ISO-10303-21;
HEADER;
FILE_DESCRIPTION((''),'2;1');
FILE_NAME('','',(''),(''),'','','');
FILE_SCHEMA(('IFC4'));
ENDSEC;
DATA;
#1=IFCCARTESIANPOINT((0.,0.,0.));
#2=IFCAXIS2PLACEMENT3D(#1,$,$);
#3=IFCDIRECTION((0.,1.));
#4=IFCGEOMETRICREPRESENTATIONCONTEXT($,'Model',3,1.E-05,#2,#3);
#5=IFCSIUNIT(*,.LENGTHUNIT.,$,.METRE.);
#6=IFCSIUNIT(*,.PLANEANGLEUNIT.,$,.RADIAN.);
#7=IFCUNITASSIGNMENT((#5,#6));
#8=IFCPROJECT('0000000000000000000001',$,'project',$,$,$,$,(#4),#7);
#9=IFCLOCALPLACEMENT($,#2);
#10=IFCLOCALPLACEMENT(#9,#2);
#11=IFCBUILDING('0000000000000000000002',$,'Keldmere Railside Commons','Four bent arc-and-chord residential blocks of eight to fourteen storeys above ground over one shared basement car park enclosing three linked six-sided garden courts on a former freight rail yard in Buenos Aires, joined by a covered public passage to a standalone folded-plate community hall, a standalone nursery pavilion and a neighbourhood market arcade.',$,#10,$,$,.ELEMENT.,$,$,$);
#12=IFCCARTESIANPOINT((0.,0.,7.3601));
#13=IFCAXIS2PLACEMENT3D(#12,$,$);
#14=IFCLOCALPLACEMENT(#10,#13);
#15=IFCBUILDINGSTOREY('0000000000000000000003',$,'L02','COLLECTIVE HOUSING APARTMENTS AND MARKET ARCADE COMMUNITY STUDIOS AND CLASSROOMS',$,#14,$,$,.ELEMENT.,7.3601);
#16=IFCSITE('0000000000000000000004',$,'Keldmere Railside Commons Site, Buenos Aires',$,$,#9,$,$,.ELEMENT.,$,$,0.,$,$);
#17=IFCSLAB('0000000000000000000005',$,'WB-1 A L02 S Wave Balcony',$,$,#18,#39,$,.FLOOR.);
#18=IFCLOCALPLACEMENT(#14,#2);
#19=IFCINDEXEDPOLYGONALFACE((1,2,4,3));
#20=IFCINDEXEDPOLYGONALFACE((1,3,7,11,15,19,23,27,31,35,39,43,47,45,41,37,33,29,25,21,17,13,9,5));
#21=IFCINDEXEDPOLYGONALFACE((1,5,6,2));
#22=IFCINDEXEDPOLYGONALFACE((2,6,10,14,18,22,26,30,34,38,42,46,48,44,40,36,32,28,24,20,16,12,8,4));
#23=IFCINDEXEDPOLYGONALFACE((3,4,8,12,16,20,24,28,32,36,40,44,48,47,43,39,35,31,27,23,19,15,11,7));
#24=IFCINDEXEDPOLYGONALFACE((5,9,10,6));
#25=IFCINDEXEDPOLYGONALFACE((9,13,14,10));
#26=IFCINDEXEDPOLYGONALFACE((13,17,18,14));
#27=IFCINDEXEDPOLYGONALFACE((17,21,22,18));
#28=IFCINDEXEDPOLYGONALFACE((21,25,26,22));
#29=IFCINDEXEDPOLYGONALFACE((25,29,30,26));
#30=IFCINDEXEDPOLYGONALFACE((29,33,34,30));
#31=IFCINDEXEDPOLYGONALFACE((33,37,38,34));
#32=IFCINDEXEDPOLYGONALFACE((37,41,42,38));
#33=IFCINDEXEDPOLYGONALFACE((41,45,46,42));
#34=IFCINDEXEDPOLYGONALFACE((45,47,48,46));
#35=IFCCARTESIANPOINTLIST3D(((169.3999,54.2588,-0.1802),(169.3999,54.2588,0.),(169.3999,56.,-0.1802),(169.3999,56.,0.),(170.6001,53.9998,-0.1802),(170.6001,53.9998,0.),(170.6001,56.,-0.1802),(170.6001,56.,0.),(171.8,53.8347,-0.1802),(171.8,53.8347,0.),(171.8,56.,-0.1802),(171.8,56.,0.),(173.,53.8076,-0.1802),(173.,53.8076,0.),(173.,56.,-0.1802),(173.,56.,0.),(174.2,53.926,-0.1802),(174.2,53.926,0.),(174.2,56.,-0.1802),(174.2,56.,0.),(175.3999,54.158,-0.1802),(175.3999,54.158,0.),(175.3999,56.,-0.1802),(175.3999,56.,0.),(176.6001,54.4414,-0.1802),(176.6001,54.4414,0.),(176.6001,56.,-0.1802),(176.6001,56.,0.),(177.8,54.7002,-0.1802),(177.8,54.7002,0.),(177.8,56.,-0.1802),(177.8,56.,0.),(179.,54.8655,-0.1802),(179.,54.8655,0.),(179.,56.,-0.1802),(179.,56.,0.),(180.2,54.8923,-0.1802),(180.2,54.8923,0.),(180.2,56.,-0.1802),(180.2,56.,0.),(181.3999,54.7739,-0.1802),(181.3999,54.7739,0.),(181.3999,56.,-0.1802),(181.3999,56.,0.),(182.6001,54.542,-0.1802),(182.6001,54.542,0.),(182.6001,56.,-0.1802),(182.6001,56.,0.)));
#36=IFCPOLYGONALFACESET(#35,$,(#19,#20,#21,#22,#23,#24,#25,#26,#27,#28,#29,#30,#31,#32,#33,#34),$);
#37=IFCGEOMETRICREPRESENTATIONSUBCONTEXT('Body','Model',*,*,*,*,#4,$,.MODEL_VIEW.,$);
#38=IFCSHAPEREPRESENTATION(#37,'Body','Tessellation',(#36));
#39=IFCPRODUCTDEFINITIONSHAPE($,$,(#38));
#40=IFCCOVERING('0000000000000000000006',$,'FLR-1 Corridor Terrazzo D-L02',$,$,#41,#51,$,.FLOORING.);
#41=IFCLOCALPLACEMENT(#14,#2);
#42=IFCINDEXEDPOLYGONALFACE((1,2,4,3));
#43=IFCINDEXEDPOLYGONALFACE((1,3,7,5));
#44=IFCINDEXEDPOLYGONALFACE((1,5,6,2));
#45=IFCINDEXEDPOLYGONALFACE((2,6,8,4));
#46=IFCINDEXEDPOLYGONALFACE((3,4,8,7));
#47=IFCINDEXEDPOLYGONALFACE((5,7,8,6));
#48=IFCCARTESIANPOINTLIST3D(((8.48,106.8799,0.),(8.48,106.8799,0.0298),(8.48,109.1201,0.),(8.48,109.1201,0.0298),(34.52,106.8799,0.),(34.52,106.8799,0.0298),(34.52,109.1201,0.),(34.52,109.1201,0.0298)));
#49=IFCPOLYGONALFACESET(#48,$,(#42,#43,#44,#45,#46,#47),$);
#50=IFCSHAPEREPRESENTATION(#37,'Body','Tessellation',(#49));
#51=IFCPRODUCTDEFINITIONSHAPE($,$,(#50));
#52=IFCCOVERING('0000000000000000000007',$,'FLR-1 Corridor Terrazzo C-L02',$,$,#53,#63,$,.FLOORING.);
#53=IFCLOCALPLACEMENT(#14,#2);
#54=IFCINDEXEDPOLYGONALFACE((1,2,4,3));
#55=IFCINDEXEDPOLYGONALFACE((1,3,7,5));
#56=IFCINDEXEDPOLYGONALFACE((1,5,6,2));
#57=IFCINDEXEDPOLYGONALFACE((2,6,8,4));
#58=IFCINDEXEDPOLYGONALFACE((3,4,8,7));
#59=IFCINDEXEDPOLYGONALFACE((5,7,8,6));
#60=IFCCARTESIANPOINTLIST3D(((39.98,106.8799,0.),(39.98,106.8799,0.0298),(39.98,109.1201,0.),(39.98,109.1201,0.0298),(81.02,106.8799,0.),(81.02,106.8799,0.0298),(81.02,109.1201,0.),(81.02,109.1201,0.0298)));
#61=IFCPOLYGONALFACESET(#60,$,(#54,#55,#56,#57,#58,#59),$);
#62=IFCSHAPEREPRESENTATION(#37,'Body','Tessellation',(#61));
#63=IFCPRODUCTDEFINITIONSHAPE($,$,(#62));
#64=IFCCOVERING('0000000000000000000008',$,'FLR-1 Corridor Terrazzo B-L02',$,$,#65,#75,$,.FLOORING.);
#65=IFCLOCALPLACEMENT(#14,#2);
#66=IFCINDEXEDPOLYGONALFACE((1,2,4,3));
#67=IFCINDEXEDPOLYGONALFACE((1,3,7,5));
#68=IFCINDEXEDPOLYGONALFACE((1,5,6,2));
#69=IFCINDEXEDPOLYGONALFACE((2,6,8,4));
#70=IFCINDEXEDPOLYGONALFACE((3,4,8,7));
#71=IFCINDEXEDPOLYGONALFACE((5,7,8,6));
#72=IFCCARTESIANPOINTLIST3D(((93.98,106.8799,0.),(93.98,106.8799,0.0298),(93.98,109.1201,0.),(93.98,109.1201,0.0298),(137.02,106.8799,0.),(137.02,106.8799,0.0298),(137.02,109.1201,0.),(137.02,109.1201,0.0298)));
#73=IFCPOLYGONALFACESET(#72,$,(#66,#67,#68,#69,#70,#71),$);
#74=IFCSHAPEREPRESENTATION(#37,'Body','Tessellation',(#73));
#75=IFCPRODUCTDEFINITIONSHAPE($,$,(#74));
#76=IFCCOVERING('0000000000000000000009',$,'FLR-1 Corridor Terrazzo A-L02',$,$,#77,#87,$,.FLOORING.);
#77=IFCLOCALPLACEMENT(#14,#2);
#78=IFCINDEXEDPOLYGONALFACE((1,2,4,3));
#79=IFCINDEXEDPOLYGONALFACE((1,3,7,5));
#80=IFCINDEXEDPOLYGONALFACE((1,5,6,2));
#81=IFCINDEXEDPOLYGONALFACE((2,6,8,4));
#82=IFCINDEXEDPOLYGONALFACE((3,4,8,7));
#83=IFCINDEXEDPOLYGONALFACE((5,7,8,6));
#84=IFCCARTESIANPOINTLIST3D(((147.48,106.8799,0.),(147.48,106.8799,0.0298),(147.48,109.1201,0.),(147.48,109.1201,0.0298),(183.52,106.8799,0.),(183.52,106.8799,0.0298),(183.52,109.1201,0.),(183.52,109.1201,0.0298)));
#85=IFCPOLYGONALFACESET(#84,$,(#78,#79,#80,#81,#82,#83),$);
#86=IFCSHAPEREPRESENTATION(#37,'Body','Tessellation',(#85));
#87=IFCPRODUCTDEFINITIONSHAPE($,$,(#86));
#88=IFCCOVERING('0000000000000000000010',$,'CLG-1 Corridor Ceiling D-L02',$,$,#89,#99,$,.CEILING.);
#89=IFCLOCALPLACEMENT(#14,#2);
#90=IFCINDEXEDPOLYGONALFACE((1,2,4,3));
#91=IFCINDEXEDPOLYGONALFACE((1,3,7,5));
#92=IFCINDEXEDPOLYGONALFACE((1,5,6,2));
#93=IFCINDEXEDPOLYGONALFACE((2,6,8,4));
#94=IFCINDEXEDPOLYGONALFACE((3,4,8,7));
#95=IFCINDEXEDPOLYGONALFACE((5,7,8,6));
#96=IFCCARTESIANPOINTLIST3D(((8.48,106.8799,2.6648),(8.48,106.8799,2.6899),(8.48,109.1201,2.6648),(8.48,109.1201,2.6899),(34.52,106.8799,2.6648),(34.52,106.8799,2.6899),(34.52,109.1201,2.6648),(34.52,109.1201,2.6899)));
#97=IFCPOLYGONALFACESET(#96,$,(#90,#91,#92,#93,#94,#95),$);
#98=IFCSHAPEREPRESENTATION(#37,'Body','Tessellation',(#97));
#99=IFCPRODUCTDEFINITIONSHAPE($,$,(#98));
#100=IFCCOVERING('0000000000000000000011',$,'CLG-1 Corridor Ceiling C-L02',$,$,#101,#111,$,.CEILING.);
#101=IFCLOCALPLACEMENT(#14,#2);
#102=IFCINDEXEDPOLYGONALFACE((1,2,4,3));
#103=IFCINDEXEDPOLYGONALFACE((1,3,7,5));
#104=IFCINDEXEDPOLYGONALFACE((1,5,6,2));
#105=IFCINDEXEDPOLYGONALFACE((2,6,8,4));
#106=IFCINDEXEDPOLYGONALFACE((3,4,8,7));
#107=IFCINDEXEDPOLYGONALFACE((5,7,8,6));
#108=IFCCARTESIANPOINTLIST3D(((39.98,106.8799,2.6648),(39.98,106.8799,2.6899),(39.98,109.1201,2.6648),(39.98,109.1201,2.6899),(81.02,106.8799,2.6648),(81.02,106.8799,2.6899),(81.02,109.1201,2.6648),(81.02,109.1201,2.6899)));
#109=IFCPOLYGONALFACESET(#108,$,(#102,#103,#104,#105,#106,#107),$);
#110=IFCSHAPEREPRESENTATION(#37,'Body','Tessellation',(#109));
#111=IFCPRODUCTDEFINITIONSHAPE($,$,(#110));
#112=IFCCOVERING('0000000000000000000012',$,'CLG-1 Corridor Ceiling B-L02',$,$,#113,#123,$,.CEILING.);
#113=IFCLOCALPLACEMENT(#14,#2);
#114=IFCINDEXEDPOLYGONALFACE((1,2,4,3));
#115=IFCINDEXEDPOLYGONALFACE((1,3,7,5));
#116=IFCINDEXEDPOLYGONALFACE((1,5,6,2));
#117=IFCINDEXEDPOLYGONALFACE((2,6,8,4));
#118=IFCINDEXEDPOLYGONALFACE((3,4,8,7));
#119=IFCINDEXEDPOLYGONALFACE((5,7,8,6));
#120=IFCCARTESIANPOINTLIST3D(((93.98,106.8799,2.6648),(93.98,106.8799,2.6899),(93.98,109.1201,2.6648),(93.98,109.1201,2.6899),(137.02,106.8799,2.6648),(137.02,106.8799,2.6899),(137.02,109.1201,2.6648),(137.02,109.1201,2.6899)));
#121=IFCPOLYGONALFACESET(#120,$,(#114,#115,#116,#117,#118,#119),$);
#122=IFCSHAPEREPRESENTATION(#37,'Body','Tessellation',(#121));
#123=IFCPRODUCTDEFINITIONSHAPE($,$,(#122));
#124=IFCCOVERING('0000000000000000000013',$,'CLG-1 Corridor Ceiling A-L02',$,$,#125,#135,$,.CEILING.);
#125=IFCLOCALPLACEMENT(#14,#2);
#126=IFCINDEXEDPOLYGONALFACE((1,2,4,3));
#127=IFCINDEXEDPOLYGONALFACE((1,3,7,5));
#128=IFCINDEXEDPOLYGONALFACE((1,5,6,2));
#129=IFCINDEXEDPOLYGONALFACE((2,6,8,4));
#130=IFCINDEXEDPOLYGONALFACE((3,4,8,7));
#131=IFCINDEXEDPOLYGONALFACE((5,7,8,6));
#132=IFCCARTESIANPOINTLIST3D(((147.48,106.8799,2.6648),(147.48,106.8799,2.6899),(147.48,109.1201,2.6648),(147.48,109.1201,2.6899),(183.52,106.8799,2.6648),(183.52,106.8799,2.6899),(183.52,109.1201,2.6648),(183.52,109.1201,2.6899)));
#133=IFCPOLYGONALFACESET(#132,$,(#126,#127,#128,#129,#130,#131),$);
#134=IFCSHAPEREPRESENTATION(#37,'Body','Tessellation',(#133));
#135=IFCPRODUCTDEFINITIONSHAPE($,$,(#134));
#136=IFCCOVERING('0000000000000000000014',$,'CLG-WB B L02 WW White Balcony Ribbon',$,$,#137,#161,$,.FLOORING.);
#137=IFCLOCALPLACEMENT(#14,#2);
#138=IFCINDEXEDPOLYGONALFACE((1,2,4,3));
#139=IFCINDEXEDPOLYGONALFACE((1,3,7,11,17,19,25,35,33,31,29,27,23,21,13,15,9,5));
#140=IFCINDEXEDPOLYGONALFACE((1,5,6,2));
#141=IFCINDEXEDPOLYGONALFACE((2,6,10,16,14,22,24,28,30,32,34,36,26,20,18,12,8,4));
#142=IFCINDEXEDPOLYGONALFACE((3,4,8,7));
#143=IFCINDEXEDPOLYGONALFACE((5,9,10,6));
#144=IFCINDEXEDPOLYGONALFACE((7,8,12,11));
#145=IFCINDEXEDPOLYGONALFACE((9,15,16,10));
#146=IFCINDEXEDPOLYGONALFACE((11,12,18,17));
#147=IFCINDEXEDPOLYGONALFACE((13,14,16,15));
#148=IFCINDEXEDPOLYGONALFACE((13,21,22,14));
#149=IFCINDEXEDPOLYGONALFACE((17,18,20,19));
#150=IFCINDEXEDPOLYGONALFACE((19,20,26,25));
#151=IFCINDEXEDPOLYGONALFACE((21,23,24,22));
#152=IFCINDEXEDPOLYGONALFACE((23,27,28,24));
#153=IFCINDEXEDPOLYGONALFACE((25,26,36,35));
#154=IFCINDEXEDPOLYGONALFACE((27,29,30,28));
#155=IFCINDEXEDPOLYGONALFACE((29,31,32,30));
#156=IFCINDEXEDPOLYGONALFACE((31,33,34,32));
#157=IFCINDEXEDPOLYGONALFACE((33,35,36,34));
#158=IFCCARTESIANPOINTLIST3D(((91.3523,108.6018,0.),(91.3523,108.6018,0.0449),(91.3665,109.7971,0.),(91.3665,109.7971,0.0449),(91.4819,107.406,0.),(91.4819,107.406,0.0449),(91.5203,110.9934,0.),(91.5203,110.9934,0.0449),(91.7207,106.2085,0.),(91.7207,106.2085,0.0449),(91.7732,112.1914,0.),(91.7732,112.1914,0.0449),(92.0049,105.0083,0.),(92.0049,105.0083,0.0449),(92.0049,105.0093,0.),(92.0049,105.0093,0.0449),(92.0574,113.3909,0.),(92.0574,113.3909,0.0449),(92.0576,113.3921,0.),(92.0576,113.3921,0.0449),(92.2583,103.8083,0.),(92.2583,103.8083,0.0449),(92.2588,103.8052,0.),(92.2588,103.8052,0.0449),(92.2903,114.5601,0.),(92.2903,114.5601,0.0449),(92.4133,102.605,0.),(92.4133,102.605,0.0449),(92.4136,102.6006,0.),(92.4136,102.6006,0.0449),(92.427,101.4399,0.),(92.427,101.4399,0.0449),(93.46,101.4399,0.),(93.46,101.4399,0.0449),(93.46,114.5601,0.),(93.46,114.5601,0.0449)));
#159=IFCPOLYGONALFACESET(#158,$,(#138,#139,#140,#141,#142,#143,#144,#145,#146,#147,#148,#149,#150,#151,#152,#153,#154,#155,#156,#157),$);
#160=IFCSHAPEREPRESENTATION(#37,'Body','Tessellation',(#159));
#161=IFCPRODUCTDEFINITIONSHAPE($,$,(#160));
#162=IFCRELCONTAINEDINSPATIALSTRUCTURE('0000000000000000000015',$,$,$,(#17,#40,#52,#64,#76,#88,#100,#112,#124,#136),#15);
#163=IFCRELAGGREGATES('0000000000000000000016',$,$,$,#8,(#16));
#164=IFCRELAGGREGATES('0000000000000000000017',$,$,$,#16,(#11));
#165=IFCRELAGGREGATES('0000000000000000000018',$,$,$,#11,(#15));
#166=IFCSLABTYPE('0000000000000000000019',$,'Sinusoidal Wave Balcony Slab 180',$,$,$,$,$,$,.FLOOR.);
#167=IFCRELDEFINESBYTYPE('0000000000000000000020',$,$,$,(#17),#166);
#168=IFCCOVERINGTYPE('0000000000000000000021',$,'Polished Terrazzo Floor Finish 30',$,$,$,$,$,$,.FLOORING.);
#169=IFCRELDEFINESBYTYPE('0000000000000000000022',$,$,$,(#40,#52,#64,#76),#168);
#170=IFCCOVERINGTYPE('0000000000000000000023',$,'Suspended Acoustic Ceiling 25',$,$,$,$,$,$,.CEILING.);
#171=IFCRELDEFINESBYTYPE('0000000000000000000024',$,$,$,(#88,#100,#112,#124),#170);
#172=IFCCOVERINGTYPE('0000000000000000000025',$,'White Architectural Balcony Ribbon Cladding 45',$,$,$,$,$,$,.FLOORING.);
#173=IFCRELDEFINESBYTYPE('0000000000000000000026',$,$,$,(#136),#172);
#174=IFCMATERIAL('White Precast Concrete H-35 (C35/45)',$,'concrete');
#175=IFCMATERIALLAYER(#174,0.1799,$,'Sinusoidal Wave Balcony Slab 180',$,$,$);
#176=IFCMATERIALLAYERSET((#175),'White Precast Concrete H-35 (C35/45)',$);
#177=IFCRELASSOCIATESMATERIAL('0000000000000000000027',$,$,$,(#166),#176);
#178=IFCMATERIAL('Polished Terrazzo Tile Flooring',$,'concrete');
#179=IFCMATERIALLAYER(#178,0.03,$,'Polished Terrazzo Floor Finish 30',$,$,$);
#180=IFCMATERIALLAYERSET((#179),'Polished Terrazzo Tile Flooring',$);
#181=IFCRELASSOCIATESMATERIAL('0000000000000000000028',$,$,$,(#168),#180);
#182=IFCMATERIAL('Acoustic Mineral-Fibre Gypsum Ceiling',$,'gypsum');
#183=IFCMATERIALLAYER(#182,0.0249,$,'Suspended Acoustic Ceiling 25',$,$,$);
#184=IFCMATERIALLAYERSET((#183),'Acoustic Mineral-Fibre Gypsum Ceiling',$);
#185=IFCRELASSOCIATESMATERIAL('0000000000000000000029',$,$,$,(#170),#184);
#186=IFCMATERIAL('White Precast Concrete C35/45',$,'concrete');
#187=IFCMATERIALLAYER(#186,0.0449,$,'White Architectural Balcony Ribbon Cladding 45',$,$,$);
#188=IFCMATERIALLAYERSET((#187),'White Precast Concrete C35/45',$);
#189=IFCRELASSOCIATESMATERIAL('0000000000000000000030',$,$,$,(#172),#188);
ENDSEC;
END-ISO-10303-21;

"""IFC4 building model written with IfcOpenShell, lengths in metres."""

from ifc_helpers import new_model, si_unit, direction, frame, origin, place, context, subcontext, project, spatial, polyline, outline, extrude, material, layer, layer_set, type_object, element, save


model = new_model("IFC4")

# Units and contexts
model_context = context("Model", 3, precision=1e-05, world=origin(), true_north=direction((0.0, 1.0)))
body_context = subcontext(model_context, "Body", "Model", "MODEL_VIEW")
ifc_project = project(units=[si_unit("LENGTHUNIT", "METRE"), si_unit("PLANEANGLEUNIT", "RADIAN")], contexts=[model_context])

# Site, building, storey
site_placement = place(None, origin())
site = spatial("IfcSite", under=ifc_project, at=site_placement, Name="Keldmere Railside Commons Site, Buenos Aires", CompositionType="ELEMENT", RefElevation=0.0)
building_placement = place(site_placement, origin())
building = spatial("IfcBuilding", under=site, at=building_placement, Name="Keldmere Railside Commons", Description="Four bent arc-and-chord residential blocks of eight to fourteen storeys above ground over one shared basement car park enclosing three linked six-sided garden courts on a former freight rail yard in Buenos Aires, joined by a covered public passage to a standalone folded-plate community hall, a standalone nursery pavilion and a neighbourhood market arcade.", CompositionType="ELEMENT")
storey_placement = place(building_placement, frame((0.0, 0.0, 7.3601)))
storey = spatial("IfcBuildingStorey", under=building, at=storey_placement, Name="L02", Description="COLLECTIVE HOUSING APARTMENTS AND MARKET ARCADE COMMUNITY STUDIOS AND CLASSROOMS", CompositionType="ELEMENT", Elevation=7.3601)

# Slab
ifc_material_1 = material(Name="White Precast Concrete H-35 (C35/45)", Category="concrete")
ifc_layer_1 = layer(ifc_material_1, 0.1799, Name="Sinusoidal Wave Balcony Slab 180")
ifc_layer_set_1 = layer_set([ifc_layer_1], Name="White Precast Concrete H-35 (C35/45)")
slab_type_1 = type_object("IfcSlabType", Name="Sinusoidal Wave Balcony Slab 180", PredefinedType="FLOOR", material=ifc_layer_set_1)
slab_1_placement = place(storey_placement, frame((0.0, 0.0, -0.1802)))
element("IfcSlab", 1, at=slab_1_placement, inside=storey, type_object=slab_type_1, Name="WB-1 A L02 S Wave Balcony", PredefinedType="FLOOR", context=body_context, shape_type="SweptSolid", body=[
    extrude(outline(polyline([(169.3999, 54.2588), (170.6001, 53.9998), (171.8, 53.8347), (173.0, 53.8076), (174.2, 53.926), (175.3999, 54.158), (176.6001, 54.4414), (177.8, 54.7002), (179.0, 54.8655), (180.2, 54.8923), (181.3999, 54.7739), (182.6001, 54.542), (182.6001, 56.0), (181.3999, 56.0), (180.2, 56.0), (179.0, 56.0), (177.8, 56.0), (176.6001, 56.0), (175.3999, 56.0), (174.2, 56.0), (173.0, 56.0), (171.8, 56.0), (170.6001, 56.0), (169.3999, 56.0), (169.3999, 54.2588)])), origin(), (0.0, 0.0, 1.0), 0.1802),
])

# Coverings
ifc_material_2 = material(Name="Polished Terrazzo Tile Flooring", Category="concrete")
ifc_layer_2 = layer(ifc_material_2, 0.03, Name="Polished Terrazzo Floor Finish 30")
ifc_layer_set_2 = layer_set([ifc_layer_2], Name="Polished Terrazzo Tile Flooring")
covering_type_1 = type_object("IfcCoveringType", Name="Polished Terrazzo Floor Finish 30", PredefinedType="FLOORING", material=ifc_layer_set_2)
covering_1_placement = place(storey_placement, origin())
element("IfcCovering", 2, at=covering_1_placement, inside=storey, type_object=covering_type_1, Name="FLR-1 Corridor Terrazzo D-L02", PredefinedType="FLOORING", context=body_context, shape_type="SweptSolid", body=[
    extrude(outline(polyline([(8.48, 106.8799), (34.52, 106.8799), (34.52, 109.1201), (8.48, 109.1201), (8.48, 106.8799)])), origin(), (0.0, 0.0, 1.0), 0.0298),
])
covering_2_placement = place(storey_placement, origin())
element("IfcCovering", 3, at=covering_2_placement, inside=storey, type_object=covering_type_1, Name="FLR-1 Corridor Terrazzo C-L02", PredefinedType="FLOORING", context=body_context, shape_type="SweptSolid", body=[
    extrude(outline(polyline([(39.98, 106.8799), (81.02, 106.8799), (81.02, 109.1201), (39.98, 109.1201), (39.98, 106.8799)])), origin(), (0.0, 0.0, 1.0), 0.0298),
])
covering_3_placement = place(storey_placement, origin())
element("IfcCovering", 4, at=covering_3_placement, inside=storey, type_object=covering_type_1, Name="FLR-1 Corridor Terrazzo B-L02", PredefinedType="FLOORING", context=body_context, shape_type="SweptSolid", body=[
    extrude(outline(polyline([(93.98, 106.8799), (137.02, 106.8799), (137.02, 109.1201), (93.98, 109.1201), (93.98, 106.8799)])), origin(), (0.0, 0.0, 1.0), 0.0298),
])
covering_4_placement = place(storey_placement, origin())
element("IfcCovering", 5, at=covering_4_placement, inside=storey, type_object=covering_type_1, Name="FLR-1 Corridor Terrazzo A-L02", PredefinedType="FLOORING", context=body_context, shape_type="SweptSolid", body=[
    extrude(outline(polyline([(147.48, 106.8799), (183.52, 106.8799), (183.52, 109.1201), (147.48, 109.1201), (147.48, 106.8799)])), origin(), (0.0, 0.0, 1.0), 0.0298),
])
ifc_material_3 = material(Name="Acoustic Mineral-Fibre Gypsum Ceiling", Category="gypsum")
ifc_layer_3 = layer(ifc_material_3, 0.0249, Name="Suspended Acoustic Ceiling 25")
ifc_layer_set_3 = layer_set([ifc_layer_3], Name="Acoustic Mineral-Fibre Gypsum Ceiling")
covering_type_2 = type_object("IfcCoveringType", Name="Suspended Acoustic Ceiling 25", PredefinedType="CEILING", material=ifc_layer_set_3)
covering_5_placement = place(storey_placement, frame((0.0, 0.0, 2.6648)))
element("IfcCovering", 6, at=covering_5_placement, inside=storey, type_object=covering_type_2, Name="CLG-1 Corridor Ceiling D-L02", PredefinedType="CEILING", context=body_context, shape_type="SweptSolid", body=[
    extrude(outline(polyline([(8.48, 106.8799), (34.52, 106.8799), (34.52, 109.1201), (8.48, 109.1201), (8.48, 106.8799)])), origin(), (0.0, 0.0, 1.0), 0.0251),
])
covering_6_placement = place(storey_placement, frame((0.0, 0.0, 2.6648)))
element("IfcCovering", 7, at=covering_6_placement, inside=storey, type_object=covering_type_2, Name="CLG-1 Corridor Ceiling C-L02", PredefinedType="CEILING", context=body_context, shape_type="SweptSolid", body=[
    extrude(outline(polyline([(39.98, 106.8799), (81.02, 106.8799), (81.02, 109.1201), (39.98, 109.1201), (39.98, 106.8799)])), origin(), (0.0, 0.0, 1.0), 0.0251),
])
covering_7_placement = place(storey_placement, frame((0.0, 0.0, 2.6648)))
element("IfcCovering", 8, at=covering_7_placement, inside=storey, type_object=covering_type_2, Name="CLG-1 Corridor Ceiling B-L02", PredefinedType="CEILING", context=body_context, shape_type="SweptSolid", body=[
    extrude(outline(polyline([(93.98, 106.8799), (137.02, 106.8799), (137.02, 109.1201), (93.98, 109.1201), (93.98, 106.8799)])), origin(), (0.0, 0.0, 1.0), 0.0251),
])
covering_8_placement = place(storey_placement, frame((0.0, 0.0, 2.6648)))
element("IfcCovering", 9, at=covering_8_placement, inside=storey, type_object=covering_type_2, Name="CLG-1 Corridor Ceiling A-L02", PredefinedType="CEILING", context=body_context, shape_type="SweptSolid", body=[
    extrude(outline(polyline([(147.48, 106.8799), (183.52, 106.8799), (183.52, 109.1201), (147.48, 109.1201), (147.48, 106.8799)])), origin(), (0.0, 0.0, 1.0), 0.0251),
])
ifc_material_4 = material(Name="White Precast Concrete C35/45", Category="concrete")
ifc_layer_4 = layer(ifc_material_4, 0.0449, Name="White Architectural Balcony Ribbon Cladding 45")
ifc_layer_set_4 = layer_set([ifc_layer_4], Name="White Precast Concrete C35/45")
covering_type_3 = type_object("IfcCoveringType", Name="White Architectural Balcony Ribbon Cladding 45", PredefinedType="FLOORING", material=ifc_layer_set_4)
covering_9_placement = place(storey_placement, origin())
element("IfcCovering", 10, at=covering_9_placement, inside=storey, type_object=covering_type_3, Name="CLG-WB B L02 WW White Balcony Ribbon", PredefinedType="FLOORING", context=body_context, shape_type="SweptSolid", body=[
    extrude(outline(polyline([(93.46, 114.5601), (92.2903, 114.5601), (92.0576, 113.3921), (92.0574, 113.3909), (91.7732, 112.1914), (91.5203, 110.9934), (91.3665, 109.7971), (91.3523, 108.6018), (91.4819, 107.406), (91.7207, 106.2085), (92.0049, 105.0093), (92.0049, 105.0083), (92.2583, 103.8083), (92.2588, 103.8052), (92.4133, 102.605), (92.4136, 102.6006), (92.427, 101.4399), (93.46, 101.4399), (93.46, 114.5601)])), origin(), (0.0, 0.0, 1.0), 0.0449),
])

save(model, "model.ifc")
